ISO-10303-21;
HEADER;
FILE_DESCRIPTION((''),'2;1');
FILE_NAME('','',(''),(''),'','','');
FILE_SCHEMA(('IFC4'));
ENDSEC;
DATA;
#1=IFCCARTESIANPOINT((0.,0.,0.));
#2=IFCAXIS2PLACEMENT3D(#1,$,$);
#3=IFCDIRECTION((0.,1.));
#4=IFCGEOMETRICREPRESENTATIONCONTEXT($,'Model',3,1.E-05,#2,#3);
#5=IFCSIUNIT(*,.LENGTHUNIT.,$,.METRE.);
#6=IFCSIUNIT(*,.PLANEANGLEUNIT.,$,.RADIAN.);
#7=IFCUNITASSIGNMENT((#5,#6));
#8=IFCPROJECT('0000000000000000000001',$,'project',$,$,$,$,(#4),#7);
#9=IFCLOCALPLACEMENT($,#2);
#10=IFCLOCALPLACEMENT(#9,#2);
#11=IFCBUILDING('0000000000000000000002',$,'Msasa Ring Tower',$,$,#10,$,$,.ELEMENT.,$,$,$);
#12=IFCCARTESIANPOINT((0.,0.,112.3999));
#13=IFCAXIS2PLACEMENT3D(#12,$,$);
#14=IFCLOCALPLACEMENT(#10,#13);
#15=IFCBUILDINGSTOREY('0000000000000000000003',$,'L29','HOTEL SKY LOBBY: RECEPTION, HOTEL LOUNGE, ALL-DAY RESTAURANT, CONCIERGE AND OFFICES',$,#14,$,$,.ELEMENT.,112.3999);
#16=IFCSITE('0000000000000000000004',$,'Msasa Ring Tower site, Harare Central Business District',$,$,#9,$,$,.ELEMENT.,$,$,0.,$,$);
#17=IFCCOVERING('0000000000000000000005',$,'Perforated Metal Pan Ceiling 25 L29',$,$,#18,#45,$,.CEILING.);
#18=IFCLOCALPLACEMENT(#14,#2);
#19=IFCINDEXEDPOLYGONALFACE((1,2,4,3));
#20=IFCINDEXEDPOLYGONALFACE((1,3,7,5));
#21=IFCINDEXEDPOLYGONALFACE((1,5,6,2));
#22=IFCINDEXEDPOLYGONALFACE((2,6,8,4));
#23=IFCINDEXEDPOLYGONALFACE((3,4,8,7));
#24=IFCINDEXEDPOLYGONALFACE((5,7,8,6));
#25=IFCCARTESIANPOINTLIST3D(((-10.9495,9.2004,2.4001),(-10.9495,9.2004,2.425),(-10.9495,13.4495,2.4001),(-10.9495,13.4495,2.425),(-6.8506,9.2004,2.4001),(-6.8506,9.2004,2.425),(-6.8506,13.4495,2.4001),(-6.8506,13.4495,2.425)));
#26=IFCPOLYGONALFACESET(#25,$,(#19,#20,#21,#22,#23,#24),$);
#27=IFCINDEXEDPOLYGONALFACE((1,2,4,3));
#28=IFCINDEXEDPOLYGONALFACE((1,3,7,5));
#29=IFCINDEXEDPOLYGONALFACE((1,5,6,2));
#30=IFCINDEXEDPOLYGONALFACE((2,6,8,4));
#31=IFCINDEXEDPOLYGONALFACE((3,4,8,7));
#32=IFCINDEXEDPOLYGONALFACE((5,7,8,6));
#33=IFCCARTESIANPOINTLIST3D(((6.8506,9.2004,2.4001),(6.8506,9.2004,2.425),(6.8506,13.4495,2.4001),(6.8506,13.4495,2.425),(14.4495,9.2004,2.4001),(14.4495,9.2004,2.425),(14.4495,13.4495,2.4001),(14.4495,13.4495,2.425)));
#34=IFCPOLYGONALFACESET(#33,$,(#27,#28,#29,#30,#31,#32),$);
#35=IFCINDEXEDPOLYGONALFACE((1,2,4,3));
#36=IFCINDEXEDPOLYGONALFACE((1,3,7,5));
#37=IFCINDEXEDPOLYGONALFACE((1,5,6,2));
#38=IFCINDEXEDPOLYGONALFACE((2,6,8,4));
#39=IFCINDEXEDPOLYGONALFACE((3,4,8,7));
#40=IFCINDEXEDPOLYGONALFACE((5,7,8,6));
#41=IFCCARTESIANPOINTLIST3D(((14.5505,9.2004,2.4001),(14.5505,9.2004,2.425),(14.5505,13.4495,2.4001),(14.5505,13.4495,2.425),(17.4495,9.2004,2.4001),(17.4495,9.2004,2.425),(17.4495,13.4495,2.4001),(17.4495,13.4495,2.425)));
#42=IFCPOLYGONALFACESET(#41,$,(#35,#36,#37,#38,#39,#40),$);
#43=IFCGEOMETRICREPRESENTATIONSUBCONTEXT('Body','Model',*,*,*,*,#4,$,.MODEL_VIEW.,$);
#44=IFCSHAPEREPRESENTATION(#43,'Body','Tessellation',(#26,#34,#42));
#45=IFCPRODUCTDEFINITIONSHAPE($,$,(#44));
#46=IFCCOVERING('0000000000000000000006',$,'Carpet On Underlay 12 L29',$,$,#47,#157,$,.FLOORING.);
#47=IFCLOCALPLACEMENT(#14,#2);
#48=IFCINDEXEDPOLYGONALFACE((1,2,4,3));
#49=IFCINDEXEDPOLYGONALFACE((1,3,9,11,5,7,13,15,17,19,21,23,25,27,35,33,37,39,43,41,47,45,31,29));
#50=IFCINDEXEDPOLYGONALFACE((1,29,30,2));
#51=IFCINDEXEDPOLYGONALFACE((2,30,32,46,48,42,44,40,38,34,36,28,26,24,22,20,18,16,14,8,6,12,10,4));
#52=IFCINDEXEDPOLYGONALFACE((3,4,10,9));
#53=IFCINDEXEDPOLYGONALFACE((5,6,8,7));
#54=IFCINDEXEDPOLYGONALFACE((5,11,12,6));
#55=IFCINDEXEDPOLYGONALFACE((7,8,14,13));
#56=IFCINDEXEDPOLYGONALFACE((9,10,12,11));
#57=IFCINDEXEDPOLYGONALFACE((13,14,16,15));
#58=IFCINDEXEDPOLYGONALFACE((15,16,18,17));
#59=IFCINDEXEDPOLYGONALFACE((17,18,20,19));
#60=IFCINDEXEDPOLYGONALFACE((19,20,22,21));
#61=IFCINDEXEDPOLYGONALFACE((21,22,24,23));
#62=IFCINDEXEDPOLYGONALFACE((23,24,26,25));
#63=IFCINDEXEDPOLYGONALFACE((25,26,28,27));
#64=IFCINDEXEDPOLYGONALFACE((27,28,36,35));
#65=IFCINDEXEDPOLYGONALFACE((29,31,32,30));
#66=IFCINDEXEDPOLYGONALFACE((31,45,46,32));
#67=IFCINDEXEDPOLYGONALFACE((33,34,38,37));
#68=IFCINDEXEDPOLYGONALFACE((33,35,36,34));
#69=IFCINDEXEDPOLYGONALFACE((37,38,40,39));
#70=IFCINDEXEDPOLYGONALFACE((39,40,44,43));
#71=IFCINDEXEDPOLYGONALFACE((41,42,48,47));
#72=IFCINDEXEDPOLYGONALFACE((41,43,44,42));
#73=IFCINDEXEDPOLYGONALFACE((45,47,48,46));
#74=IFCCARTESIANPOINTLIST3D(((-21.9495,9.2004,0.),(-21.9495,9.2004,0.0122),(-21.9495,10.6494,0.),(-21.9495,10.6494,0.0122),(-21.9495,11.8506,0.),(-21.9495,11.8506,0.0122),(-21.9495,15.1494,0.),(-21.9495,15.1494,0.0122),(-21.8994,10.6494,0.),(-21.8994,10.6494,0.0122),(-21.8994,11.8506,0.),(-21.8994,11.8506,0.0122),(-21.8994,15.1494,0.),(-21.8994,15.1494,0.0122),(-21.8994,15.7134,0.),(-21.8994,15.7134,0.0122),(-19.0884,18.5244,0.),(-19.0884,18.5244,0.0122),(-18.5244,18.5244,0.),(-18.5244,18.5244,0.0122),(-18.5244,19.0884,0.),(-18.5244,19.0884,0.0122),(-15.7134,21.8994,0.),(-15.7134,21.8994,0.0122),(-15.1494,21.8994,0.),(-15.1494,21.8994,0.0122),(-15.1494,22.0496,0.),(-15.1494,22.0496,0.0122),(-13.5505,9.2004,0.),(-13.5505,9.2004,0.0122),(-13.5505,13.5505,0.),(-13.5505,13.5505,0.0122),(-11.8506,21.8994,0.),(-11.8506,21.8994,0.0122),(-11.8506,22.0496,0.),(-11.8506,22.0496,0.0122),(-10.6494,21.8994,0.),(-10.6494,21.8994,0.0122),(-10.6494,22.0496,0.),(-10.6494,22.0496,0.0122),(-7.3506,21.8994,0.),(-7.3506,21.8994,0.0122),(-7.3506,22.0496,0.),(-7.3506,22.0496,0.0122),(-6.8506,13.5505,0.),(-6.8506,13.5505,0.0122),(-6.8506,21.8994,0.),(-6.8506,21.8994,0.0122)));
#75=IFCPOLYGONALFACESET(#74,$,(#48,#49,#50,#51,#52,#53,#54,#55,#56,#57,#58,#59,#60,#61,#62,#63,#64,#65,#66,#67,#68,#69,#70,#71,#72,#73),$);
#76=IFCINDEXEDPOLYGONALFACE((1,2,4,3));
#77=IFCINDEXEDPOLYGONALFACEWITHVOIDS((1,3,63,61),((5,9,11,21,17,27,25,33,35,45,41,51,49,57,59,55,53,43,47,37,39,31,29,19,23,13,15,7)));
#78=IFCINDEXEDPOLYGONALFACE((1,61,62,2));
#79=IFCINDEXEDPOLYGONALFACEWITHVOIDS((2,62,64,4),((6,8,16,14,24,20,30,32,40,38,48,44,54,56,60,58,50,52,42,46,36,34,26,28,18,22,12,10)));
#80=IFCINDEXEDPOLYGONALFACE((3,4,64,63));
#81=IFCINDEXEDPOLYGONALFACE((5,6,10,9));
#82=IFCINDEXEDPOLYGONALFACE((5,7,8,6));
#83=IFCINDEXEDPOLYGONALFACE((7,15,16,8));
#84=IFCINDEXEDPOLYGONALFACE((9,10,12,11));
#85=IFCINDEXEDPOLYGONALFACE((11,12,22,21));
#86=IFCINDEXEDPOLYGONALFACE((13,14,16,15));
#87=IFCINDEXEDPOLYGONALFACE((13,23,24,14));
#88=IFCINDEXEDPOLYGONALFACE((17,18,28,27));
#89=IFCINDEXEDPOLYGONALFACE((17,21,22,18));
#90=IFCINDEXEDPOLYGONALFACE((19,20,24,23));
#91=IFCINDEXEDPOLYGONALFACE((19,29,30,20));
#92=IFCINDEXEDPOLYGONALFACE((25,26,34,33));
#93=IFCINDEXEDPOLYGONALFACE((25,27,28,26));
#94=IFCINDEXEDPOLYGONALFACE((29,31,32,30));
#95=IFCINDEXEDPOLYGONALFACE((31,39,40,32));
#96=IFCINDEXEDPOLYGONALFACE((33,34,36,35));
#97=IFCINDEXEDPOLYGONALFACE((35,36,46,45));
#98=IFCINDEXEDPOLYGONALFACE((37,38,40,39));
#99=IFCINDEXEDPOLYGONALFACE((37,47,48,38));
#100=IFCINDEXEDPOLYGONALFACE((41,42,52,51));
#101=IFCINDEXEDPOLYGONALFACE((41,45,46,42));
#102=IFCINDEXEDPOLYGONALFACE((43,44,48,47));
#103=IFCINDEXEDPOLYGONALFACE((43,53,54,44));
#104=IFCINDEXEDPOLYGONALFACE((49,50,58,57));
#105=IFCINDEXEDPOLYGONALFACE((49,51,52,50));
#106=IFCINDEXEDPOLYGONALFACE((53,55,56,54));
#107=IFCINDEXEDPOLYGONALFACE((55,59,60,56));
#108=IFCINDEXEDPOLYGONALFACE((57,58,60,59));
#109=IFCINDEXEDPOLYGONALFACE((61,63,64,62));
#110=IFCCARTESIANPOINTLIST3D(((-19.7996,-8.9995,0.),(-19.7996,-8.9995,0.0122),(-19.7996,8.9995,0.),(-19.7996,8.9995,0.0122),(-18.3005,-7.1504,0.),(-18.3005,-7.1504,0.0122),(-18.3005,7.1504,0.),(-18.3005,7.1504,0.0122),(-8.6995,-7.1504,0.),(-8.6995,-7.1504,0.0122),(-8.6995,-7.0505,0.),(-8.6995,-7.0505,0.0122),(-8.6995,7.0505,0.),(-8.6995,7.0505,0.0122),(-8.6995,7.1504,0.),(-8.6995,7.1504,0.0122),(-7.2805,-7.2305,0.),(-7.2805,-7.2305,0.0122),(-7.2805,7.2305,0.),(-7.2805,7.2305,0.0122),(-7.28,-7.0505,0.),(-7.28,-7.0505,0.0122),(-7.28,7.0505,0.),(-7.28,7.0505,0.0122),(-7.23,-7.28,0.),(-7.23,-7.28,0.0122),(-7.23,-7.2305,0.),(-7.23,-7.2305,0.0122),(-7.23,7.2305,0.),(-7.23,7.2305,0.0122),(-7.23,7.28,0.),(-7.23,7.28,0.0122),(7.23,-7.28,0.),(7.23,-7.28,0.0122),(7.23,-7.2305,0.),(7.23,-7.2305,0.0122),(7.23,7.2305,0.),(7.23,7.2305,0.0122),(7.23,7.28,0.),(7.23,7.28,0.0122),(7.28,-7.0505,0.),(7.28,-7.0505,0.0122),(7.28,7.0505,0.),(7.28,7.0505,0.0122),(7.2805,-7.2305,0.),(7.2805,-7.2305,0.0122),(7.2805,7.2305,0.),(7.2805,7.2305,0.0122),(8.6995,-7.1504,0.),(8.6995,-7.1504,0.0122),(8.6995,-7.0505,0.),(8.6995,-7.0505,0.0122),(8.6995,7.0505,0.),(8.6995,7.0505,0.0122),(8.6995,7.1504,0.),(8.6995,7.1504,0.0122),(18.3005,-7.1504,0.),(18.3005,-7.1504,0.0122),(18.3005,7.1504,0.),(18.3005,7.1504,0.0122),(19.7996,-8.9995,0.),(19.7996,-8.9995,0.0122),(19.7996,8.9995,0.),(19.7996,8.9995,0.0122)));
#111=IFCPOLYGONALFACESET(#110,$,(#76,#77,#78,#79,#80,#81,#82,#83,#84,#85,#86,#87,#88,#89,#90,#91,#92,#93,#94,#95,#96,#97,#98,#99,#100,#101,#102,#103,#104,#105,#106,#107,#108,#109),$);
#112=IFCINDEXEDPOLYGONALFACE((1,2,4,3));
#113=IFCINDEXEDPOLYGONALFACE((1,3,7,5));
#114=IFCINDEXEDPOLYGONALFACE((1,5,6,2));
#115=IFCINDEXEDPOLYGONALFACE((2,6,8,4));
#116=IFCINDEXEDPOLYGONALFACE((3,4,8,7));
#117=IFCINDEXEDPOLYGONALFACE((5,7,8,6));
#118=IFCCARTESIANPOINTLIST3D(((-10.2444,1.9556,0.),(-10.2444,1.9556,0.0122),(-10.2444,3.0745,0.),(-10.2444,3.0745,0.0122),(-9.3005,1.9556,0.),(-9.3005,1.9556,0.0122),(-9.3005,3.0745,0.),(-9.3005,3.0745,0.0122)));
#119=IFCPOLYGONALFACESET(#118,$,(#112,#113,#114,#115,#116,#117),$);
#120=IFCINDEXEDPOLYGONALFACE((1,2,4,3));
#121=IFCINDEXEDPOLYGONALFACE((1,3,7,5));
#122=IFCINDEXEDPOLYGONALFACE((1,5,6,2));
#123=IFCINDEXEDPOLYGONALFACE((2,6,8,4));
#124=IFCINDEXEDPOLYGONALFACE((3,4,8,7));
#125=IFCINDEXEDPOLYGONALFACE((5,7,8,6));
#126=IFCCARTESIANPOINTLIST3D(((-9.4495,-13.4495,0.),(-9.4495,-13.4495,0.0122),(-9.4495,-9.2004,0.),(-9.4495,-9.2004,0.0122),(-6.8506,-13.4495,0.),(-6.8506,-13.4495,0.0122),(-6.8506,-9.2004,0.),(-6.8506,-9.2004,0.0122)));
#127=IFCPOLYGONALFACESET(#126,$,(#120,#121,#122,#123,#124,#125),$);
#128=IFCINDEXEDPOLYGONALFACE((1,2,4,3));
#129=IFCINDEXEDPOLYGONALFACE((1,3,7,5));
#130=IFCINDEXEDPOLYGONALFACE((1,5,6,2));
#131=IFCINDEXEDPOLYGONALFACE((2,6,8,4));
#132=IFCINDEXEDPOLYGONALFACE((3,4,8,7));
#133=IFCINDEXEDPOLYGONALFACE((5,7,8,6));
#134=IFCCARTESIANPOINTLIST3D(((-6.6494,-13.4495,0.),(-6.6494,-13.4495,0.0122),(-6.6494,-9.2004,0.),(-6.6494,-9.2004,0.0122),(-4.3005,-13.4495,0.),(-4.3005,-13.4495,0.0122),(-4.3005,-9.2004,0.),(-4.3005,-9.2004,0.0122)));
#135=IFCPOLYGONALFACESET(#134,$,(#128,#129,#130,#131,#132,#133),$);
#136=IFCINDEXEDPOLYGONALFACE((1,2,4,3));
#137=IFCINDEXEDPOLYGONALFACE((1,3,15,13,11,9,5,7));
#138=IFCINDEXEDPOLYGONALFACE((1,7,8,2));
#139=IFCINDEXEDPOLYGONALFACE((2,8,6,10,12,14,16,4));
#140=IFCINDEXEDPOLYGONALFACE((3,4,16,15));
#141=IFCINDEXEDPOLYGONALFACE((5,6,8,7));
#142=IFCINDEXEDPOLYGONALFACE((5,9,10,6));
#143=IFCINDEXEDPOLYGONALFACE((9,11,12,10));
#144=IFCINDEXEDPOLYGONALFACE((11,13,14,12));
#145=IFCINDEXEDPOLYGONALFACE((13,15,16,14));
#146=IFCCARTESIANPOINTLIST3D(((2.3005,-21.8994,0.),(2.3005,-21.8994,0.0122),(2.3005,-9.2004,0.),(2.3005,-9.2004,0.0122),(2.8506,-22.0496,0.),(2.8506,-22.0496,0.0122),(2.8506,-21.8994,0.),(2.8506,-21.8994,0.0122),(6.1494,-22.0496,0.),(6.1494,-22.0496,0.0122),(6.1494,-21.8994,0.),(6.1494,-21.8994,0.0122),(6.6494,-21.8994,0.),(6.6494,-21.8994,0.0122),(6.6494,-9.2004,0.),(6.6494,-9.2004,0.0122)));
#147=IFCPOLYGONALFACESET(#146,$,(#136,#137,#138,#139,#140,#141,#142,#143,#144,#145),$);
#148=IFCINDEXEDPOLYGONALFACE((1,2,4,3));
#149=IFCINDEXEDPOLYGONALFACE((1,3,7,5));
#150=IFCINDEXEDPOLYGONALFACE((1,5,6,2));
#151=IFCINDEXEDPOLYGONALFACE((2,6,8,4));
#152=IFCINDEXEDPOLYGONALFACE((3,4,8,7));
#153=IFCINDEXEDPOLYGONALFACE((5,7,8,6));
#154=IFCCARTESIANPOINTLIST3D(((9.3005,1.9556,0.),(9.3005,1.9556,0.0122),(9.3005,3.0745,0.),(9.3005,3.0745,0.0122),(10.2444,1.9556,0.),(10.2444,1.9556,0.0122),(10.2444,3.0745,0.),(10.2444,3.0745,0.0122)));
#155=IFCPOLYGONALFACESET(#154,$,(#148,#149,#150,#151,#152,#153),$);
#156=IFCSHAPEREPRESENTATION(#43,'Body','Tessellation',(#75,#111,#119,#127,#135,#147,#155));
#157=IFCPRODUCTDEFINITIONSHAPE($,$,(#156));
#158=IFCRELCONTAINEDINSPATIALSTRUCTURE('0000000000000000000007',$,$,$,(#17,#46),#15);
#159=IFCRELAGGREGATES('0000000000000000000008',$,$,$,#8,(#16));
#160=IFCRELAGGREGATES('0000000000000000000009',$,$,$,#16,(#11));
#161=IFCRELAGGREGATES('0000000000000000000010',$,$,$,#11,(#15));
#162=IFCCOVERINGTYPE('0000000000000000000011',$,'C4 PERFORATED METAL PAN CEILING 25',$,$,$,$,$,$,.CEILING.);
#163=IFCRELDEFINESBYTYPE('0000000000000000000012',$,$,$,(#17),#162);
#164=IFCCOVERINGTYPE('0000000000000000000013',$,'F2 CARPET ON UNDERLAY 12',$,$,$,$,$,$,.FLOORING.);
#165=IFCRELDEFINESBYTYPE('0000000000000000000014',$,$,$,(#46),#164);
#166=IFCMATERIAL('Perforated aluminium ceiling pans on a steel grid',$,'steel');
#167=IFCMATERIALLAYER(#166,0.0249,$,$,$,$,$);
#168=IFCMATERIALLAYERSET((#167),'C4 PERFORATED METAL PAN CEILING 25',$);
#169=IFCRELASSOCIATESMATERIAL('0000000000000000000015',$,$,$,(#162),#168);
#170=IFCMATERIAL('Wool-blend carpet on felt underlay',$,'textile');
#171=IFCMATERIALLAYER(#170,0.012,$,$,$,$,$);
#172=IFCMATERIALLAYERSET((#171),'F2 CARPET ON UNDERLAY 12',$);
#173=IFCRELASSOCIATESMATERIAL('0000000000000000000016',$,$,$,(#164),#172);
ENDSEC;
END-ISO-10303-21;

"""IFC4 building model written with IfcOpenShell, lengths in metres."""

from ifc_helpers import new_model, si_unit, direction, frame, origin, place, context, subcontext, project, spatial, line, indexed_curve, outline, extrude, material, layer, layer_set, type_object, element, save


model = new_model("IFC4")

# Units and contexts
model_context = context("Model", 3, precision=1e-05, world=origin(), true_north=direction((0.0, 1.0)))
body_context = subcontext(model_context, "Body", "Model", "MODEL_VIEW")
ifc_project = project(units=[si_unit("LENGTHUNIT", "METRE"), si_unit("PLANEANGLEUNIT", "RADIAN")], contexts=[model_context])

# Site, building, storey
site_placement = place(None, origin())
site = spatial("IfcSite", under=ifc_project, at=site_placement, Name="Msasa Ring Tower site, Harare Central Business District", CompositionType="ELEMENT", RefElevation=0.0)
building_placement = place(site_placement, origin())
building = spatial("IfcBuilding", under=site, at=building_placement, Name="Msasa Ring Tower", CompositionType="ELEMENT")
storey_placement = place(building_placement, frame((0.0, 0.0, 112.3999)))
storey = spatial("IfcBuildingStorey", under=building, at=storey_placement, Name="L29", Description="HOTEL SKY LOBBY: RECEPTION, HOTEL LOUNGE, ALL-DAY RESTAURANT, CONCIERGE AND OFFICES", CompositionType="ELEMENT", Elevation=112.3999)

# Coverings
ifc_material_1 = material(Name="Perforated aluminium ceiling pans on a steel grid", Category="steel")
ifc_layer_1 = layer(ifc_material_1, 0.0249)
ifc_layer_set_1 = layer_set([ifc_layer_1], Name="C4 PERFORATED METAL PAN CEILING 25")
covering_type_1 = type_object("IfcCoveringType", Name="C4 PERFORATED METAL PAN CEILING 25", PredefinedType="CEILING", material=ifc_layer_set_1)
covering_1_placement = place(storey_placement, frame((0.0, 0.0, 2.4001)))
element("IfcCovering", 1, at=covering_1_placement, inside=storey, type_object=covering_type_1, Name="Perforated Metal Pan Ceiling 25 L29", PredefinedType="CEILING", context=body_context, shape_type="SweptSolid", body=[
    extrude(outline(indexed_curve([(-6.8506, 13.4495), (-6.8506, 9.2004), (-10.9495, 9.2004), (-10.9495, 13.4495)], segments=[line(1, 2, 3, 4, 1)], self_intersect=False)), origin(), (0.0, 0.0, 1.0), 0.0249),
    extrude(outline(indexed_curve([(14.4495, 9.2004), (6.8506, 9.2004), (6.8506, 13.4495), (14.4495, 13.4495)], segments=[line(1, 2, 3, 4, 1)], self_intersect=False)), origin(), (0.0, 0.0, 1.0), 0.0249),
    extrude(outline(indexed_curve([(17.4495, 9.2004), (14.5505, 9.2004), (14.5505, 13.4495), (17.4495, 13.4495)], segments=[line(1, 2, 3, 4, 1)], self_intersect=False)), origin(), (0.0, 0.0, 1.0), 0.0249),
])
ifc_material_2 = material(Name="Wool-blend carpet on felt underlay", Category="textile")
ifc_layer_2 = layer(ifc_material_2, 0.012)
ifc_layer_set_2 = layer_set([ifc_layer_2], Name="F2 CARPET ON UNDERLAY 12")
covering_type_2 = type_object("IfcCoveringType", Name="F2 CARPET ON UNDERLAY 12", PredefinedType="FLOORING", material=ifc_layer_set_2)
covering_2_placement = place(storey_placement, origin())
element("IfcCovering", 2, at=covering_2_placement, inside=storey, type_object=covering_type_2, Name="Carpet On Underlay 12 L29", PredefinedType="FLOORING", context=body_context, shape_type="SweptSolid", body=[
    extrude(outline(indexed_curve([(-13.5505, 9.2004), (-21.9495, 9.2004), (-21.9495, 10.6494), (-21.8994, 10.6494), (-21.8994, 11.8506), (-21.9495, 11.8506), (-21.9495, 15.1494), (-21.8994, 15.1494), (-21.8994, 15.7134), (-19.0884, 18.5244), (-18.5244, 18.5244), (-18.5244, 19.0884), (-15.7134, 21.8994), (-15.1494, 21.8994), (-15.1494, 22.0496), (-11.8506, 22.0496), (-11.8506, 21.8994), (-10.6494, 21.8994), (-10.6494, 22.0496), (-7.3506, 22.0496), (-7.3506, 21.8994), (-6.8506, 21.8994), (-6.8506, 13.5505), (-13.5505, 13.5505)], segments=[line(1, 2, 3, 4, 5, 6, 7, 8, 9, 10, 11, 12, 13, 14, 15, 16, 17, 18, 19, 20, 21, 22, 23, 24, 1)], self_intersect=False)), origin(), (0.0, 0.0, 1.0), 0.0122),
    extrude(outline(indexed_curve([(-19.7996, -8.9995), (-19.7996, 8.9995), (19.7996, 8.9995), (19.7996, -8.9995)], segments=[line(1, 2, 3, 4, 1)], self_intersect=False), holes=[indexed_curve([(8.6995, -7.1504), (18.3005, -7.1504), (18.3005, 7.1504), (8.6995, 7.1504), (8.6995, 7.0505), (7.28, 7.0505), (7.2805, 7.2305), (7.23, 7.2305), (7.23, 7.28), (-7.23, 7.28), (-7.23, 7.2305), (-7.2805, 7.2305), (-7.28, 7.0505), (-8.6995, 7.0505), (-8.6995, 7.1504), (-18.3005, 7.1504), (-18.3005, -7.1504), (-8.6995, -7.1504), (-8.6995, -7.0505), (-7.28, -7.0505), (-7.2805, -7.2305), (-7.23, -7.2305), (-7.23, -7.28), (7.23, -7.28), (7.23, -7.2305), (7.2805, -7.2305), (7.28, -7.0505), (8.6995, -7.0505)], segments=[line(1, 2, 3, 4, 5, 6, 7, 8, 9, 10, 11, 12, 13, 14, 15, 16, 17, 18, 19, 20, 21, 22, 23, 24, 25, 26, 27, 28, 1)], self_intersect=False)]), origin(), (0.0, 0.0, 1.0), 0.0122),
    extrude(outline(indexed_curve([(-10.2444, 3.0745), (-9.3005, 3.0745), (-9.3005, 1.9556), (-10.2444, 1.9556)], segments=[line(1, 2, 3, 4, 1)], self_intersect=False)), origin(), (0.0, 0.0, 1.0), 0.0122),
    extrude(outline(indexed_curve([(-9.4495, -9.2004), (-6.8506, -9.2004), (-6.8506, -13.4495), (-9.4495, -13.4495)], segments=[line(1, 2, 3, 4, 1)], self_intersect=False)), origin(), (0.0, 0.0, 1.0), 0.0122),
    extrude(outline(indexed_curve([(-4.3005, -9.2004), (-4.3005, -13.4495), (-6.6494, -13.4495), (-6.6494, -9.2004)], segments=[line(1, 2, 3, 4, 1)], self_intersect=False)), origin(), (0.0, 0.0, 1.0), 0.0122),
    extrude(outline(indexed_curve([(2.3005, -9.2004), (6.6494, -9.2004), (6.6494, -21.8994), (6.1494, -21.8994), (6.1494, -22.0496), (2.8506, -22.0496), (2.8506, -21.8994), (2.3005, -21.8994)], segments=[line(1, 2, 3, 4, 5, 6, 7, 8, 1)], self_intersect=False)), origin(), (0.0, 0.0, 1.0), 0.0122),
    extrude(outline(indexed_curve([(9.3005, 3.0745), (10.2444, 3.0745), (10.2444, 1.9556), (9.3005, 1.9556)], segments=[line(1, 2, 3, 4, 1)], self_intersect=False)), origin(), (0.0, 0.0, 1.0), 0.0122),
])

save(model, "model.ifc")
